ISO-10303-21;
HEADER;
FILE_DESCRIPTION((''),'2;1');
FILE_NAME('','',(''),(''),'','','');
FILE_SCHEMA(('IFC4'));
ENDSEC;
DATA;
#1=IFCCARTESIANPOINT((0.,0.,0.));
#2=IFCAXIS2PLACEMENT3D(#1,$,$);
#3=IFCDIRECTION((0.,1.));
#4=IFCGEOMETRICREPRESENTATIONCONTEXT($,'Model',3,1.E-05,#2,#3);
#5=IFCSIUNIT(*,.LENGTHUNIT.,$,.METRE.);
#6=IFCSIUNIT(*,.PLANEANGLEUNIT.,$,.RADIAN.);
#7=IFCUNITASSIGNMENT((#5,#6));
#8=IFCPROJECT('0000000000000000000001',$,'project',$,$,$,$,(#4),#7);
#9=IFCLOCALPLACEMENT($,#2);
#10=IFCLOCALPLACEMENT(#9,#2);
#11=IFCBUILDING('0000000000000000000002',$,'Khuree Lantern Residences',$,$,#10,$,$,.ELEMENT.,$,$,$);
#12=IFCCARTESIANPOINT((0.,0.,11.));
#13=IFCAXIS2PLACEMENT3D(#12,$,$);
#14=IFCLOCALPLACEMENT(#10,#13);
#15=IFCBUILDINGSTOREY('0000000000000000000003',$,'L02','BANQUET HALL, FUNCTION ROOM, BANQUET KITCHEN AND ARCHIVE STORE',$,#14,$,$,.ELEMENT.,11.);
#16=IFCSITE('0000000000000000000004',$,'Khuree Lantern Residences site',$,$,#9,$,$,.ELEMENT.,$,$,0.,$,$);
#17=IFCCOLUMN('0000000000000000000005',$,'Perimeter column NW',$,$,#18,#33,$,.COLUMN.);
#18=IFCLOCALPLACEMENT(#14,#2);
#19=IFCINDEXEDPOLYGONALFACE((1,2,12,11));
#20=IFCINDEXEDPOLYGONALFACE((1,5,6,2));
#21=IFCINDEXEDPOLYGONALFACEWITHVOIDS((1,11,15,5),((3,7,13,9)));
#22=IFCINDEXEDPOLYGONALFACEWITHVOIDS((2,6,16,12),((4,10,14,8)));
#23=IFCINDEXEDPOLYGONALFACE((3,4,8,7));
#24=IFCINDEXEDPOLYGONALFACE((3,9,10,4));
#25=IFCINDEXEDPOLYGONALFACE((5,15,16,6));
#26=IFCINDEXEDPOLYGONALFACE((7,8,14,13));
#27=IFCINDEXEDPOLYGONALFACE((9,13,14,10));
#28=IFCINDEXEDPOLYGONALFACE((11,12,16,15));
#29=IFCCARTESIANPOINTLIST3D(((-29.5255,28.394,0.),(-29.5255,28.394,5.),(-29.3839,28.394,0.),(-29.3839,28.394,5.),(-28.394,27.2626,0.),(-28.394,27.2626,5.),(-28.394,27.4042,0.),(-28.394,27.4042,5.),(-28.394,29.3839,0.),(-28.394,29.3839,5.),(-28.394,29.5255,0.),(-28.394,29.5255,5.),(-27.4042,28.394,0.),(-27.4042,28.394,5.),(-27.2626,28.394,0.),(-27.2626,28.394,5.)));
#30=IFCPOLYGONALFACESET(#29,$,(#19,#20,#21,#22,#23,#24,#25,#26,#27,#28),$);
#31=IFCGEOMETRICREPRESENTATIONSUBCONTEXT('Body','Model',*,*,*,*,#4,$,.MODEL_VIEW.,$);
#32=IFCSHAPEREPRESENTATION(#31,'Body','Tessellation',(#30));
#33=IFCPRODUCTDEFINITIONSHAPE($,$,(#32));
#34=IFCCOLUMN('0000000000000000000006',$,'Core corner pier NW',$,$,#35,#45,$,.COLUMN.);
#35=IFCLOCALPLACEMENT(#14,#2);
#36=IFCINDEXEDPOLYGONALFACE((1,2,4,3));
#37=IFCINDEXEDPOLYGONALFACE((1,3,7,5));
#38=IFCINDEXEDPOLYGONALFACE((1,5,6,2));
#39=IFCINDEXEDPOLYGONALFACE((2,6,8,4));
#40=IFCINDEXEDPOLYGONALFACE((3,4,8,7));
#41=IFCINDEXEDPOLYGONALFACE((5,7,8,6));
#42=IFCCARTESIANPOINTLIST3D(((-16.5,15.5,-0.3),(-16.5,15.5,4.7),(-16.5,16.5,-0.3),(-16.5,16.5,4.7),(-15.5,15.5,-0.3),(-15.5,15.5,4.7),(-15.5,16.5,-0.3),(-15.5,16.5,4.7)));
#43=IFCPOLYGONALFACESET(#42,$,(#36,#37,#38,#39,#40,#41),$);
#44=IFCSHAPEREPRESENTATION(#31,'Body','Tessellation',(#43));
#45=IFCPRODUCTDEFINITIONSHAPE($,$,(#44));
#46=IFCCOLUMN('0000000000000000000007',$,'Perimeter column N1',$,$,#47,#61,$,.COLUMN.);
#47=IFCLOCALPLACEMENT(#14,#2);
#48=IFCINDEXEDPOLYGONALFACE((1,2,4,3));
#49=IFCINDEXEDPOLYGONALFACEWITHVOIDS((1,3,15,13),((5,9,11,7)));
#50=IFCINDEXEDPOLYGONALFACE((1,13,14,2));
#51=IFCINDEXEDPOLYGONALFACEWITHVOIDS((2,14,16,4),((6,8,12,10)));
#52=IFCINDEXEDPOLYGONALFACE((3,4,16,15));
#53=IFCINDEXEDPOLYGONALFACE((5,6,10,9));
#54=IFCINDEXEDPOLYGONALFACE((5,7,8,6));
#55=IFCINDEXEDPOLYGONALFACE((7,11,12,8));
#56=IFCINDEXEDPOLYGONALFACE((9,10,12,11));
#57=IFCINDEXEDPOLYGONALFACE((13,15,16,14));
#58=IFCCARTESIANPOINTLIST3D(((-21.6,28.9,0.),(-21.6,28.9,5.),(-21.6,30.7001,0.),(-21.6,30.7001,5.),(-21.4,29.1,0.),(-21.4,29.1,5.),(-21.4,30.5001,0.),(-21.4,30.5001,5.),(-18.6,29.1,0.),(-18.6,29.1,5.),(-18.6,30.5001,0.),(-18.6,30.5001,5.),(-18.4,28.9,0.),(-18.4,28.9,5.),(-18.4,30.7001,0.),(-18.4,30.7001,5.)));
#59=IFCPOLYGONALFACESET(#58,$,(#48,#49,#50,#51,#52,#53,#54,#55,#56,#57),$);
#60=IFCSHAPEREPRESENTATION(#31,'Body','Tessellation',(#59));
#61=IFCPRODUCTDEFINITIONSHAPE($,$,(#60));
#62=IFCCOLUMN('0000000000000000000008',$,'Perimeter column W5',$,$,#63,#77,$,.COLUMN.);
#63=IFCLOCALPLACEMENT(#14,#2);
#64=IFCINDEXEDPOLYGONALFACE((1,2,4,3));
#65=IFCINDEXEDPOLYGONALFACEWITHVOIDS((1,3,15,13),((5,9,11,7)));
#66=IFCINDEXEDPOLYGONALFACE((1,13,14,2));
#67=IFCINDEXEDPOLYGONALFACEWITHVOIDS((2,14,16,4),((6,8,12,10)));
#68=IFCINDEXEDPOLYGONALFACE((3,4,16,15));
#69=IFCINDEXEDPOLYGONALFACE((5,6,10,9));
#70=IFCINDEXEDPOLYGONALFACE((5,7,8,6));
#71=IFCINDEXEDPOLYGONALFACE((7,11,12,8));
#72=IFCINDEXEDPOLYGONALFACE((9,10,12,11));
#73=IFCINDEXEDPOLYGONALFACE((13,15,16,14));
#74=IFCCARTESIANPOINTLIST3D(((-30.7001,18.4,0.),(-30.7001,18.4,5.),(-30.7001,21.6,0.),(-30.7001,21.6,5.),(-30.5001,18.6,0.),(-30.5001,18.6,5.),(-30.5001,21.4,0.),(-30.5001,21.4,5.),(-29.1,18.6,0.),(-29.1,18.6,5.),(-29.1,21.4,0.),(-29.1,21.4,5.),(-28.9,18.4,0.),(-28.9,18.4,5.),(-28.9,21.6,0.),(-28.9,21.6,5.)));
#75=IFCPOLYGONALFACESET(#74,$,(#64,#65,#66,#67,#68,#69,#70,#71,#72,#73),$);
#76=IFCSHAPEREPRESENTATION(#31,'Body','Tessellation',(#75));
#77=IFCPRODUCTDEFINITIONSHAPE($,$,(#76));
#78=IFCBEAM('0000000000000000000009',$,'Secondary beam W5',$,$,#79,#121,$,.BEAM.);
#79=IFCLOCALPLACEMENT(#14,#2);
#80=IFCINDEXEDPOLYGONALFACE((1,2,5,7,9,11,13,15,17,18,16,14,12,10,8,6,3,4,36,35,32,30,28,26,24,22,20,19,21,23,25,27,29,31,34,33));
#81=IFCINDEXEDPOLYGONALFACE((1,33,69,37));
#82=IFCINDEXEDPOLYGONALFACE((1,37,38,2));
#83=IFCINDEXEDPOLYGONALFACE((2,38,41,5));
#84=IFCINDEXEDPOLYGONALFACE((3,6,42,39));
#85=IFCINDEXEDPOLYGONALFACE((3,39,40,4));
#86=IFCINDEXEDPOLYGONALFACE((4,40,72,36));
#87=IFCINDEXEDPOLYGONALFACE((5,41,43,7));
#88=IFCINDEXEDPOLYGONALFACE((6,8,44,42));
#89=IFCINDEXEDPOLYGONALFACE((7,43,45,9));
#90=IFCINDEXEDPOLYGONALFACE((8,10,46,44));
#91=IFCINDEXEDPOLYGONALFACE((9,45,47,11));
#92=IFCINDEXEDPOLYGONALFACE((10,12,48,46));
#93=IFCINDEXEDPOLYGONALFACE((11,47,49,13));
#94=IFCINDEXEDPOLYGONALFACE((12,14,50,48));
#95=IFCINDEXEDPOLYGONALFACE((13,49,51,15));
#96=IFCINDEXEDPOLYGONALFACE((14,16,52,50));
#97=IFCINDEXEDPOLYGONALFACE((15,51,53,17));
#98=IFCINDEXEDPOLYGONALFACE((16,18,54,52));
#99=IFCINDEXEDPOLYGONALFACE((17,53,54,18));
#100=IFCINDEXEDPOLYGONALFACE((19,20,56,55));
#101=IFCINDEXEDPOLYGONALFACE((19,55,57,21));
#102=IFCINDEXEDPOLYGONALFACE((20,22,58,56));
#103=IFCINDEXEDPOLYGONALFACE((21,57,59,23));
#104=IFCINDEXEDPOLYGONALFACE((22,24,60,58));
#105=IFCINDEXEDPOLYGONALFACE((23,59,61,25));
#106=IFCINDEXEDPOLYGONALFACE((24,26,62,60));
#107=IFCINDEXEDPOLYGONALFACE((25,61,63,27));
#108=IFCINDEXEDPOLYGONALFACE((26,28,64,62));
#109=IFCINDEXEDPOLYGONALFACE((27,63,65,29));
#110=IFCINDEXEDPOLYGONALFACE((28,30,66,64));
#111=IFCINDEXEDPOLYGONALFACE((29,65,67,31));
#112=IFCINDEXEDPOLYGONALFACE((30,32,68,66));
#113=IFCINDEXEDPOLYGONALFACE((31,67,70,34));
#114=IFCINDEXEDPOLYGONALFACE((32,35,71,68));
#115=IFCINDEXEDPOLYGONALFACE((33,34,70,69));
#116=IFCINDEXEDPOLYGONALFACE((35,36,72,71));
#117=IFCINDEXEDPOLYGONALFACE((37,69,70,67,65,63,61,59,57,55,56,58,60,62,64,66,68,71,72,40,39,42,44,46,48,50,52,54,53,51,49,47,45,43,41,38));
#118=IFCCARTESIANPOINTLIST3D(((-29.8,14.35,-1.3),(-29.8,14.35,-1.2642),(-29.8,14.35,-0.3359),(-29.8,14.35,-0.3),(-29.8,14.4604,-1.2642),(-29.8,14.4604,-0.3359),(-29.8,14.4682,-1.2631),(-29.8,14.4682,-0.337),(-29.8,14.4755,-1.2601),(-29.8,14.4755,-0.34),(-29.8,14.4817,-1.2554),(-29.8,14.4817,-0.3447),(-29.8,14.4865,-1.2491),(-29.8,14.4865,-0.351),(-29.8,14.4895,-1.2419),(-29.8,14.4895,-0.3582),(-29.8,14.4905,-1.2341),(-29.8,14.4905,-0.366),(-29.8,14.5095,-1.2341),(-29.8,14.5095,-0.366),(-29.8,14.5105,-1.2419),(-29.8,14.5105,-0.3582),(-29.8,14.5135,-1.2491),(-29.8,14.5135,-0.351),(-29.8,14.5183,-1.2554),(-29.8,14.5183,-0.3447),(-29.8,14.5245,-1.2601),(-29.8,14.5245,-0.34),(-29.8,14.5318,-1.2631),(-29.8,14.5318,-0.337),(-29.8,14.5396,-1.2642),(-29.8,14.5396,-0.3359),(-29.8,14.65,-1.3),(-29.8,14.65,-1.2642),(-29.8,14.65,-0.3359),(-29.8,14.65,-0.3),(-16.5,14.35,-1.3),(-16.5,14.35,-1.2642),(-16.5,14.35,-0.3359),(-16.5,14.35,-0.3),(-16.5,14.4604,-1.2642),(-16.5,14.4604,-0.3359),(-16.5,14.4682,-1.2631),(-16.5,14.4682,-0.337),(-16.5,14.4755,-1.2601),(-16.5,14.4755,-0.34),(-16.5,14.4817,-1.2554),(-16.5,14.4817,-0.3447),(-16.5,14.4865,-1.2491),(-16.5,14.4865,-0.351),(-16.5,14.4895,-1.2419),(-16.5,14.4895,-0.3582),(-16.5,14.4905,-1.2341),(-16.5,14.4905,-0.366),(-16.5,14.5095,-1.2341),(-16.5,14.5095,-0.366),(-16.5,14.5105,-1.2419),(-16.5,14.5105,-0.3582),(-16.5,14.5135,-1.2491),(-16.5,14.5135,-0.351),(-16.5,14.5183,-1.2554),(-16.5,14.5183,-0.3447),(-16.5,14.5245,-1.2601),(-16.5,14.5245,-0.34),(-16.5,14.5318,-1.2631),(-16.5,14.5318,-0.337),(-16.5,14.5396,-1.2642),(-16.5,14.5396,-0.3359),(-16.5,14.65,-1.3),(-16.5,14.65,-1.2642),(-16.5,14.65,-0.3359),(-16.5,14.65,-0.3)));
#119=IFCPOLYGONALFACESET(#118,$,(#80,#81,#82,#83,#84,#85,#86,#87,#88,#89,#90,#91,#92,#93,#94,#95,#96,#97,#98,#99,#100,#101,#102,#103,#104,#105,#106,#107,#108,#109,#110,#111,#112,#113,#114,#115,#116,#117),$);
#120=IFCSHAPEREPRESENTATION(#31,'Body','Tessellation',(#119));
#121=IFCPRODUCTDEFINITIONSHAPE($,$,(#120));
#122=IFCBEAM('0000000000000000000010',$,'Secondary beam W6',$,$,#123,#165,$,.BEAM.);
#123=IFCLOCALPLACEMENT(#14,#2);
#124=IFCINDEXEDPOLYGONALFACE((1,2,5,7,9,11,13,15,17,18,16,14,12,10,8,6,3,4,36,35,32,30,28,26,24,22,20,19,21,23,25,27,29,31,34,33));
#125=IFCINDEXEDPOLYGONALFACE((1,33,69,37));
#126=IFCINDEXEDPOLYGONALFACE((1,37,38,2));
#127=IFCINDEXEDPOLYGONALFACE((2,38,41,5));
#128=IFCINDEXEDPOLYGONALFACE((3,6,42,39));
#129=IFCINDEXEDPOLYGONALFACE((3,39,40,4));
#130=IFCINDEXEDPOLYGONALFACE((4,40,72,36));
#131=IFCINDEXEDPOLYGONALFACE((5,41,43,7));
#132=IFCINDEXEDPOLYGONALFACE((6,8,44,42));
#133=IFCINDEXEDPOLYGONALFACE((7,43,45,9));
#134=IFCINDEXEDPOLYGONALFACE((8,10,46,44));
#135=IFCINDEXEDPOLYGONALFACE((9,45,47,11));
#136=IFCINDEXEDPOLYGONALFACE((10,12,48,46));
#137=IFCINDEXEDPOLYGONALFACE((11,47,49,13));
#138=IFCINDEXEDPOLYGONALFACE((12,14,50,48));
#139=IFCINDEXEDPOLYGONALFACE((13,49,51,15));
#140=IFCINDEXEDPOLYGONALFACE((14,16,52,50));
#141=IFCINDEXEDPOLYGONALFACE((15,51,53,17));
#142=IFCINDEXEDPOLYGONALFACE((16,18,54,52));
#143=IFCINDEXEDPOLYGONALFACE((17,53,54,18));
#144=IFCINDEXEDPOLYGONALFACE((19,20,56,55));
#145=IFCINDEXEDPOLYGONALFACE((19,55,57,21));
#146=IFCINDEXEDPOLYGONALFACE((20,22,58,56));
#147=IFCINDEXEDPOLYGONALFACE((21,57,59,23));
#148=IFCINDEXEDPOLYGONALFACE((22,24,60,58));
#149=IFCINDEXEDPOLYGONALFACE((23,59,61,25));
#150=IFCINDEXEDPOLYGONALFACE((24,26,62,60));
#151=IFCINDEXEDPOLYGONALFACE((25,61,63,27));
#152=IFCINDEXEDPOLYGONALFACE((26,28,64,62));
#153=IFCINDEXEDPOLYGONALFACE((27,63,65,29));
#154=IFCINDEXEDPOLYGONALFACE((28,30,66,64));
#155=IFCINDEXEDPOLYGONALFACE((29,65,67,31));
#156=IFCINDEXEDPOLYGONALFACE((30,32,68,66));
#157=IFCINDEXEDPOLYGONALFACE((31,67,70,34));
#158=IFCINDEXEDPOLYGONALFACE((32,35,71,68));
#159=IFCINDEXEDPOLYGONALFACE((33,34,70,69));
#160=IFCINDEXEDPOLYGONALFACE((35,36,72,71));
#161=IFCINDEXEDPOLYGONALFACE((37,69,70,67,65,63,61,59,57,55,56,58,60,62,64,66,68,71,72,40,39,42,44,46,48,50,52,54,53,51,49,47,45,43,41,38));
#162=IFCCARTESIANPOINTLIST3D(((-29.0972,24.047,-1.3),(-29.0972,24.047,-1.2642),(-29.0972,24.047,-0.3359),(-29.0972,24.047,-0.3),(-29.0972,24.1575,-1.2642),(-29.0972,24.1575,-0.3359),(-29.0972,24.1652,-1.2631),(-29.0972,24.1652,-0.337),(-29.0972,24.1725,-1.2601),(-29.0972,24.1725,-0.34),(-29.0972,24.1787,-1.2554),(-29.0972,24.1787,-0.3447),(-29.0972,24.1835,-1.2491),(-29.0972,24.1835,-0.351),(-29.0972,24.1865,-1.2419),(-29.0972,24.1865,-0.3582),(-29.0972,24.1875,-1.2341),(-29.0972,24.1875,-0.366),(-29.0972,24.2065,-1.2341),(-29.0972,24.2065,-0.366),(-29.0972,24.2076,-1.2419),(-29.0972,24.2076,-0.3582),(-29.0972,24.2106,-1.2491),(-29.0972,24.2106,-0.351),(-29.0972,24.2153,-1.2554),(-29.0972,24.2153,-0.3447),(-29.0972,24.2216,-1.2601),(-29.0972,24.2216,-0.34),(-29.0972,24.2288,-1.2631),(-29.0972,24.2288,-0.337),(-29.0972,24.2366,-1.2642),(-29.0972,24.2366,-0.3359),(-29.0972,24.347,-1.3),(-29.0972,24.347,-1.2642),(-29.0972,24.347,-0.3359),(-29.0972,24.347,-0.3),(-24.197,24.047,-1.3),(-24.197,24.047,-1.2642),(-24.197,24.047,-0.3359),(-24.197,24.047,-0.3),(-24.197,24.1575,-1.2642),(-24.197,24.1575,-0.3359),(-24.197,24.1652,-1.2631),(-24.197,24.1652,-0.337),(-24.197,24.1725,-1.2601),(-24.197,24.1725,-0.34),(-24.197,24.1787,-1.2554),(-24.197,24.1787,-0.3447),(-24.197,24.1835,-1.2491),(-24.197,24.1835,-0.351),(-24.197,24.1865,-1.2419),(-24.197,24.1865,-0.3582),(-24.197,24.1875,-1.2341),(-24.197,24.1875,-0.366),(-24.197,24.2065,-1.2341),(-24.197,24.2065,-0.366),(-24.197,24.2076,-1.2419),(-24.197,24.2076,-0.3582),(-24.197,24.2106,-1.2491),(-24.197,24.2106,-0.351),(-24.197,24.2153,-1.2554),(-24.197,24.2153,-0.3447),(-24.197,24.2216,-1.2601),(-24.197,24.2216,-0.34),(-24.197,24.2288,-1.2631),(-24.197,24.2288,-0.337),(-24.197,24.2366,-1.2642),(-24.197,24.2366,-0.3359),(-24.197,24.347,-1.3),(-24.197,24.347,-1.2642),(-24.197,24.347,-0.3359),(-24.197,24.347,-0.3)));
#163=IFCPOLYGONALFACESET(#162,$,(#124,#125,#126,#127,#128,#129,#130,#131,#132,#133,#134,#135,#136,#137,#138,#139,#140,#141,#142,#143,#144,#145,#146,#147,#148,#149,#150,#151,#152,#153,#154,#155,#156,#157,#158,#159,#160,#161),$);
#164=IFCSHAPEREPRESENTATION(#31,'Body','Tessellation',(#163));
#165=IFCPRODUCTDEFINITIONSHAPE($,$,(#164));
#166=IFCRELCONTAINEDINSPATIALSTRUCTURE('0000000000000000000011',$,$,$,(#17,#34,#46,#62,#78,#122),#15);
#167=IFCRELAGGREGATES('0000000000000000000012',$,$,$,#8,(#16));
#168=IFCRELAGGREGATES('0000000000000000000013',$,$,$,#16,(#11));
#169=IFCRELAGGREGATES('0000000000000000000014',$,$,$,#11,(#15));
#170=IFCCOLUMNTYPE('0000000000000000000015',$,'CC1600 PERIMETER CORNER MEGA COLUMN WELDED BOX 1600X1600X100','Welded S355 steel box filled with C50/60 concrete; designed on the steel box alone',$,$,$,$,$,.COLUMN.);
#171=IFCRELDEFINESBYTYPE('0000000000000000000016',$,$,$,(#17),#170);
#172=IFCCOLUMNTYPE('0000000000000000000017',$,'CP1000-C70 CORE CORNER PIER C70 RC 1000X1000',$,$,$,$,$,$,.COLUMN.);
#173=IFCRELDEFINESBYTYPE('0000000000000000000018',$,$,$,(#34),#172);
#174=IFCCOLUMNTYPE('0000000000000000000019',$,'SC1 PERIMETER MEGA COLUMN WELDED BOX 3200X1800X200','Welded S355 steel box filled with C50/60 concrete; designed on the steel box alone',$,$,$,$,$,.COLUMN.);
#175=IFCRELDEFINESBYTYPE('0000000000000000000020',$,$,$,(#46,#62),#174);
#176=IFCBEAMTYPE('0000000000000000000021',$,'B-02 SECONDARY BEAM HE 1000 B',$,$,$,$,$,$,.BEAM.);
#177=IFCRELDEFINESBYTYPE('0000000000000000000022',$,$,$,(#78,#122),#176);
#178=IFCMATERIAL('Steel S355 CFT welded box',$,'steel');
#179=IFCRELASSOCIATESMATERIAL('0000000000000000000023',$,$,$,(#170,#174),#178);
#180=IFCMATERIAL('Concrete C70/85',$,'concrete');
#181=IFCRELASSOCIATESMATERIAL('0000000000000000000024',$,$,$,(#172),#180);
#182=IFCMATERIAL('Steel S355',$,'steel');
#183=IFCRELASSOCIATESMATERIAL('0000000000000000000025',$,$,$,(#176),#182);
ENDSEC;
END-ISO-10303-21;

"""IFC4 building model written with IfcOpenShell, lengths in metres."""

from ifc_helpers import new_model, si_unit, direction, frame, origin, origin_2d, place, context, subcontext, project, spatial, rectangle, hollow_rectangle, i_section, extrude, material, material_profile, profile_set, type_object, element, save


model = new_model("IFC4")

# Units and contexts
model_context = context("Model", 3, precision=1e-05, world=origin(), true_north=direction((0.0, 1.0)))
body_context = subcontext(model_context, "Body", "Model", "MODEL_VIEW")
ifc_project = project(units=[si_unit("LENGTHUNIT", "METRE"), si_unit("PLANEANGLEUNIT", "RADIAN")], contexts=[model_context])

# Site, building, storey
site_placement = place(None, origin())
site = spatial("IfcSite", under=ifc_project, at=site_placement, Name="Khuree Lantern Residences site", CompositionType="ELEMENT", RefElevation=0.0)
building_placement = place(site_placement, origin())
building = spatial("IfcBuilding", under=site, at=building_placement, Name="Khuree Lantern Residences", CompositionType="ELEMENT")
storey_placement = place(building_placement, frame((0.0, 0.0, 11.0)))
storey = spatial("IfcBuildingStorey", under=building, at=storey_placement, Name="L02", Description="BANQUET HALL, FUNCTION ROOM, BANQUET KITCHEN AND ARCHIVE STORE", CompositionType="ELEMENT", Elevation=11.0)

# Columns
ifc_material_1 = material(Name="Steel S355 CFT welded box", Category="steel")
ifc_material_profile_1 = material_profile(ifc_material_1, hollow_rectangle(XDim=1.6001, YDim=1.6001, WallThickness=0.1001, at=origin_2d()), Name="WELDED BOX 1600X1600X100")
ifc_profile_set_1 = profile_set([ifc_material_profile_1], Name="Steel S355 CFT welded box")
column_type_1 = type_object("IfcColumnType", Name="CC1600 PERIMETER CORNER MEGA COLUMN WELDED BOX 1600X1600X100", Description="Welded S355 steel box filled with C50/60 concrete; designed on the steel box alone", PredefinedType="COLUMN", material=ifc_profile_set_1)
column_1_placement = place(storey_placement, frame((-28.394, 28.394, 0.0), z_axis=(0.0, 0.0, 1.0), x_axis=(0.707107, 0.707107, 0.0)))
element("IfcColumn", 1, at=column_1_placement, inside=storey, type_object=column_type_1, Name="Perimeter column NW", PredefinedType="COLUMN", context=body_context, shape_type="SweptSolid", body=[
    extrude(hollow_rectangle(XDim=1.6001, YDim=1.6001, WallThickness=0.1001, at=origin_2d()), origin(), (0.0, 0.0, 1.0), 5.0),
])
ifc_material_2 = material(Name="Concrete C70/85", Category="concrete")
ifc_material_profile_2 = material_profile(ifc_material_2, rectangle(XDim=1.0, YDim=1.0, at=origin_2d()), Name="RC 1000X1000")
ifc_profile_set_2 = profile_set([ifc_material_profile_2], Name="Concrete C70/85")
column_type_2 = type_object("IfcColumnType", Name="CP1000-C70 CORE CORNER PIER C70 RC 1000X1000", PredefinedType="COLUMN", material=ifc_profile_set_2)
column_2_placement = place(storey_placement, frame((-16.0, 16.0, -0.3), z_axis=(0.0, 0.0, 1.0), x_axis=(1.0, 0.0, 0.0)))
element("IfcColumn", 2, at=column_2_placement, inside=storey, type_object=column_type_2, Name="Core corner pier NW", PredefinedType="COLUMN", context=body_context, shape_type="SweptSolid", body=[
    extrude(rectangle(XDim=1.0, YDim=1.0, at=origin_2d()), origin(), (0.0, 0.0, 1.0), 5.0),
])
ifc_material_profile_3 = material_profile(ifc_material_1, hollow_rectangle(XDim=3.2, YDim=1.8, WallThickness=0.2, at=origin_2d()), Name="WELDED BOX 3200X1800X200")
ifc_profile_set_3 = profile_set([ifc_material_profile_3], Name="Steel S355 CFT welded box")
column_type_3 = type_object("IfcColumnType", Name="SC1 PERIMETER MEGA COLUMN WELDED BOX 3200X1800X200", Description="Welded S355 steel box filled with C50/60 concrete; designed on the steel box alone", PredefinedType="COLUMN", material=ifc_profile_set_3)
for number, where, z_axis, x_axis, name in (
    (3, (-20.0, 29.8, 0.0), (0.0, 0.0, 1.0), (1.0, 0.0, 0.0), "Perimeter column N1"),
    (4, (-29.8, 20.0, 0.0), (0.0, 0.0, 1.0), (0.0, 1.0, 0.0), "Perimeter column W5"),
):
    element("IfcColumn", number, at=place(storey_placement, frame(where, z_axis=z_axis, x_axis=x_axis)), inside=storey, type_object=column_type_3, Name=name, PredefinedType="COLUMN", context=body_context, shape_type="SweptSolid", body=[
        extrude(hollow_rectangle(XDim=3.2, YDim=1.8, WallThickness=0.2, at=origin_2d()), origin(), (0.0, 0.0, 1.0), 5.0),
    ])

# Beams
ifc_material_3 = material(Name="Steel S355", Category="steel")
ifc_material_profile_4 = material_profile(ifc_material_3, i_section(OverallWidth=0.3, OverallDepth=1.0, WebThickness=0.019, FlangeThickness=0.0359, FilletRadius=0.03, at=origin_2d()), Name="HE 1000 B")
ifc_profile_set_4 = profile_set([ifc_material_profile_4], Name="Steel S355")
beam_type_1 = type_object("IfcBeamType", Name="B-02 SECONDARY BEAM HE 1000 B", PredefinedType="BEAM", material=ifc_profile_set_4)
beam_1_placement = place(storey_placement, frame((-29.8, 14.5, -0.8), z_axis=(1.0, 0.0, 0.0), x_axis=(0.0, 1.0, 0.0)))
element("IfcBeam", 5, at=beam_1_placement, inside=storey, type_object=beam_type_1, Name="Secondary beam W5", PredefinedType="BEAM", context=body_context, shape_type="SweptSolid", body=[
    extrude(i_section(OverallWidth=0.3, OverallDepth=1.0, WebThickness=0.019, FlangeThickness=0.0359, FilletRadius=0.03, at=origin_2d()), origin(), (0.0, 0.0, 1.0), 13.3),
])
for number, where, z_axis, x_axis, name in (
    (6, (-29.0972, 24.197, -0.8), (1.0, 0.0, 0.0), (0.0, 1.0, 0.0), "Secondary beam W6"),
):
    element("IfcBeam", number, at=place(storey_placement, frame(where, z_axis=z_axis, x_axis=x_axis)), inside=storey, type_object=beam_type_1, Name=name, PredefinedType="BEAM", context=body_context, shape_type="SweptSolid", body=[
        extrude(i_section(OverallWidth=0.3, OverallDepth=1.0, WebThickness=0.019, FlangeThickness=0.0359, FilletRadius=0.03, at=origin_2d()), origin(), (0.0, 0.0, 1.0), 4.9001),
    ])

save(model, "model.ifc")
